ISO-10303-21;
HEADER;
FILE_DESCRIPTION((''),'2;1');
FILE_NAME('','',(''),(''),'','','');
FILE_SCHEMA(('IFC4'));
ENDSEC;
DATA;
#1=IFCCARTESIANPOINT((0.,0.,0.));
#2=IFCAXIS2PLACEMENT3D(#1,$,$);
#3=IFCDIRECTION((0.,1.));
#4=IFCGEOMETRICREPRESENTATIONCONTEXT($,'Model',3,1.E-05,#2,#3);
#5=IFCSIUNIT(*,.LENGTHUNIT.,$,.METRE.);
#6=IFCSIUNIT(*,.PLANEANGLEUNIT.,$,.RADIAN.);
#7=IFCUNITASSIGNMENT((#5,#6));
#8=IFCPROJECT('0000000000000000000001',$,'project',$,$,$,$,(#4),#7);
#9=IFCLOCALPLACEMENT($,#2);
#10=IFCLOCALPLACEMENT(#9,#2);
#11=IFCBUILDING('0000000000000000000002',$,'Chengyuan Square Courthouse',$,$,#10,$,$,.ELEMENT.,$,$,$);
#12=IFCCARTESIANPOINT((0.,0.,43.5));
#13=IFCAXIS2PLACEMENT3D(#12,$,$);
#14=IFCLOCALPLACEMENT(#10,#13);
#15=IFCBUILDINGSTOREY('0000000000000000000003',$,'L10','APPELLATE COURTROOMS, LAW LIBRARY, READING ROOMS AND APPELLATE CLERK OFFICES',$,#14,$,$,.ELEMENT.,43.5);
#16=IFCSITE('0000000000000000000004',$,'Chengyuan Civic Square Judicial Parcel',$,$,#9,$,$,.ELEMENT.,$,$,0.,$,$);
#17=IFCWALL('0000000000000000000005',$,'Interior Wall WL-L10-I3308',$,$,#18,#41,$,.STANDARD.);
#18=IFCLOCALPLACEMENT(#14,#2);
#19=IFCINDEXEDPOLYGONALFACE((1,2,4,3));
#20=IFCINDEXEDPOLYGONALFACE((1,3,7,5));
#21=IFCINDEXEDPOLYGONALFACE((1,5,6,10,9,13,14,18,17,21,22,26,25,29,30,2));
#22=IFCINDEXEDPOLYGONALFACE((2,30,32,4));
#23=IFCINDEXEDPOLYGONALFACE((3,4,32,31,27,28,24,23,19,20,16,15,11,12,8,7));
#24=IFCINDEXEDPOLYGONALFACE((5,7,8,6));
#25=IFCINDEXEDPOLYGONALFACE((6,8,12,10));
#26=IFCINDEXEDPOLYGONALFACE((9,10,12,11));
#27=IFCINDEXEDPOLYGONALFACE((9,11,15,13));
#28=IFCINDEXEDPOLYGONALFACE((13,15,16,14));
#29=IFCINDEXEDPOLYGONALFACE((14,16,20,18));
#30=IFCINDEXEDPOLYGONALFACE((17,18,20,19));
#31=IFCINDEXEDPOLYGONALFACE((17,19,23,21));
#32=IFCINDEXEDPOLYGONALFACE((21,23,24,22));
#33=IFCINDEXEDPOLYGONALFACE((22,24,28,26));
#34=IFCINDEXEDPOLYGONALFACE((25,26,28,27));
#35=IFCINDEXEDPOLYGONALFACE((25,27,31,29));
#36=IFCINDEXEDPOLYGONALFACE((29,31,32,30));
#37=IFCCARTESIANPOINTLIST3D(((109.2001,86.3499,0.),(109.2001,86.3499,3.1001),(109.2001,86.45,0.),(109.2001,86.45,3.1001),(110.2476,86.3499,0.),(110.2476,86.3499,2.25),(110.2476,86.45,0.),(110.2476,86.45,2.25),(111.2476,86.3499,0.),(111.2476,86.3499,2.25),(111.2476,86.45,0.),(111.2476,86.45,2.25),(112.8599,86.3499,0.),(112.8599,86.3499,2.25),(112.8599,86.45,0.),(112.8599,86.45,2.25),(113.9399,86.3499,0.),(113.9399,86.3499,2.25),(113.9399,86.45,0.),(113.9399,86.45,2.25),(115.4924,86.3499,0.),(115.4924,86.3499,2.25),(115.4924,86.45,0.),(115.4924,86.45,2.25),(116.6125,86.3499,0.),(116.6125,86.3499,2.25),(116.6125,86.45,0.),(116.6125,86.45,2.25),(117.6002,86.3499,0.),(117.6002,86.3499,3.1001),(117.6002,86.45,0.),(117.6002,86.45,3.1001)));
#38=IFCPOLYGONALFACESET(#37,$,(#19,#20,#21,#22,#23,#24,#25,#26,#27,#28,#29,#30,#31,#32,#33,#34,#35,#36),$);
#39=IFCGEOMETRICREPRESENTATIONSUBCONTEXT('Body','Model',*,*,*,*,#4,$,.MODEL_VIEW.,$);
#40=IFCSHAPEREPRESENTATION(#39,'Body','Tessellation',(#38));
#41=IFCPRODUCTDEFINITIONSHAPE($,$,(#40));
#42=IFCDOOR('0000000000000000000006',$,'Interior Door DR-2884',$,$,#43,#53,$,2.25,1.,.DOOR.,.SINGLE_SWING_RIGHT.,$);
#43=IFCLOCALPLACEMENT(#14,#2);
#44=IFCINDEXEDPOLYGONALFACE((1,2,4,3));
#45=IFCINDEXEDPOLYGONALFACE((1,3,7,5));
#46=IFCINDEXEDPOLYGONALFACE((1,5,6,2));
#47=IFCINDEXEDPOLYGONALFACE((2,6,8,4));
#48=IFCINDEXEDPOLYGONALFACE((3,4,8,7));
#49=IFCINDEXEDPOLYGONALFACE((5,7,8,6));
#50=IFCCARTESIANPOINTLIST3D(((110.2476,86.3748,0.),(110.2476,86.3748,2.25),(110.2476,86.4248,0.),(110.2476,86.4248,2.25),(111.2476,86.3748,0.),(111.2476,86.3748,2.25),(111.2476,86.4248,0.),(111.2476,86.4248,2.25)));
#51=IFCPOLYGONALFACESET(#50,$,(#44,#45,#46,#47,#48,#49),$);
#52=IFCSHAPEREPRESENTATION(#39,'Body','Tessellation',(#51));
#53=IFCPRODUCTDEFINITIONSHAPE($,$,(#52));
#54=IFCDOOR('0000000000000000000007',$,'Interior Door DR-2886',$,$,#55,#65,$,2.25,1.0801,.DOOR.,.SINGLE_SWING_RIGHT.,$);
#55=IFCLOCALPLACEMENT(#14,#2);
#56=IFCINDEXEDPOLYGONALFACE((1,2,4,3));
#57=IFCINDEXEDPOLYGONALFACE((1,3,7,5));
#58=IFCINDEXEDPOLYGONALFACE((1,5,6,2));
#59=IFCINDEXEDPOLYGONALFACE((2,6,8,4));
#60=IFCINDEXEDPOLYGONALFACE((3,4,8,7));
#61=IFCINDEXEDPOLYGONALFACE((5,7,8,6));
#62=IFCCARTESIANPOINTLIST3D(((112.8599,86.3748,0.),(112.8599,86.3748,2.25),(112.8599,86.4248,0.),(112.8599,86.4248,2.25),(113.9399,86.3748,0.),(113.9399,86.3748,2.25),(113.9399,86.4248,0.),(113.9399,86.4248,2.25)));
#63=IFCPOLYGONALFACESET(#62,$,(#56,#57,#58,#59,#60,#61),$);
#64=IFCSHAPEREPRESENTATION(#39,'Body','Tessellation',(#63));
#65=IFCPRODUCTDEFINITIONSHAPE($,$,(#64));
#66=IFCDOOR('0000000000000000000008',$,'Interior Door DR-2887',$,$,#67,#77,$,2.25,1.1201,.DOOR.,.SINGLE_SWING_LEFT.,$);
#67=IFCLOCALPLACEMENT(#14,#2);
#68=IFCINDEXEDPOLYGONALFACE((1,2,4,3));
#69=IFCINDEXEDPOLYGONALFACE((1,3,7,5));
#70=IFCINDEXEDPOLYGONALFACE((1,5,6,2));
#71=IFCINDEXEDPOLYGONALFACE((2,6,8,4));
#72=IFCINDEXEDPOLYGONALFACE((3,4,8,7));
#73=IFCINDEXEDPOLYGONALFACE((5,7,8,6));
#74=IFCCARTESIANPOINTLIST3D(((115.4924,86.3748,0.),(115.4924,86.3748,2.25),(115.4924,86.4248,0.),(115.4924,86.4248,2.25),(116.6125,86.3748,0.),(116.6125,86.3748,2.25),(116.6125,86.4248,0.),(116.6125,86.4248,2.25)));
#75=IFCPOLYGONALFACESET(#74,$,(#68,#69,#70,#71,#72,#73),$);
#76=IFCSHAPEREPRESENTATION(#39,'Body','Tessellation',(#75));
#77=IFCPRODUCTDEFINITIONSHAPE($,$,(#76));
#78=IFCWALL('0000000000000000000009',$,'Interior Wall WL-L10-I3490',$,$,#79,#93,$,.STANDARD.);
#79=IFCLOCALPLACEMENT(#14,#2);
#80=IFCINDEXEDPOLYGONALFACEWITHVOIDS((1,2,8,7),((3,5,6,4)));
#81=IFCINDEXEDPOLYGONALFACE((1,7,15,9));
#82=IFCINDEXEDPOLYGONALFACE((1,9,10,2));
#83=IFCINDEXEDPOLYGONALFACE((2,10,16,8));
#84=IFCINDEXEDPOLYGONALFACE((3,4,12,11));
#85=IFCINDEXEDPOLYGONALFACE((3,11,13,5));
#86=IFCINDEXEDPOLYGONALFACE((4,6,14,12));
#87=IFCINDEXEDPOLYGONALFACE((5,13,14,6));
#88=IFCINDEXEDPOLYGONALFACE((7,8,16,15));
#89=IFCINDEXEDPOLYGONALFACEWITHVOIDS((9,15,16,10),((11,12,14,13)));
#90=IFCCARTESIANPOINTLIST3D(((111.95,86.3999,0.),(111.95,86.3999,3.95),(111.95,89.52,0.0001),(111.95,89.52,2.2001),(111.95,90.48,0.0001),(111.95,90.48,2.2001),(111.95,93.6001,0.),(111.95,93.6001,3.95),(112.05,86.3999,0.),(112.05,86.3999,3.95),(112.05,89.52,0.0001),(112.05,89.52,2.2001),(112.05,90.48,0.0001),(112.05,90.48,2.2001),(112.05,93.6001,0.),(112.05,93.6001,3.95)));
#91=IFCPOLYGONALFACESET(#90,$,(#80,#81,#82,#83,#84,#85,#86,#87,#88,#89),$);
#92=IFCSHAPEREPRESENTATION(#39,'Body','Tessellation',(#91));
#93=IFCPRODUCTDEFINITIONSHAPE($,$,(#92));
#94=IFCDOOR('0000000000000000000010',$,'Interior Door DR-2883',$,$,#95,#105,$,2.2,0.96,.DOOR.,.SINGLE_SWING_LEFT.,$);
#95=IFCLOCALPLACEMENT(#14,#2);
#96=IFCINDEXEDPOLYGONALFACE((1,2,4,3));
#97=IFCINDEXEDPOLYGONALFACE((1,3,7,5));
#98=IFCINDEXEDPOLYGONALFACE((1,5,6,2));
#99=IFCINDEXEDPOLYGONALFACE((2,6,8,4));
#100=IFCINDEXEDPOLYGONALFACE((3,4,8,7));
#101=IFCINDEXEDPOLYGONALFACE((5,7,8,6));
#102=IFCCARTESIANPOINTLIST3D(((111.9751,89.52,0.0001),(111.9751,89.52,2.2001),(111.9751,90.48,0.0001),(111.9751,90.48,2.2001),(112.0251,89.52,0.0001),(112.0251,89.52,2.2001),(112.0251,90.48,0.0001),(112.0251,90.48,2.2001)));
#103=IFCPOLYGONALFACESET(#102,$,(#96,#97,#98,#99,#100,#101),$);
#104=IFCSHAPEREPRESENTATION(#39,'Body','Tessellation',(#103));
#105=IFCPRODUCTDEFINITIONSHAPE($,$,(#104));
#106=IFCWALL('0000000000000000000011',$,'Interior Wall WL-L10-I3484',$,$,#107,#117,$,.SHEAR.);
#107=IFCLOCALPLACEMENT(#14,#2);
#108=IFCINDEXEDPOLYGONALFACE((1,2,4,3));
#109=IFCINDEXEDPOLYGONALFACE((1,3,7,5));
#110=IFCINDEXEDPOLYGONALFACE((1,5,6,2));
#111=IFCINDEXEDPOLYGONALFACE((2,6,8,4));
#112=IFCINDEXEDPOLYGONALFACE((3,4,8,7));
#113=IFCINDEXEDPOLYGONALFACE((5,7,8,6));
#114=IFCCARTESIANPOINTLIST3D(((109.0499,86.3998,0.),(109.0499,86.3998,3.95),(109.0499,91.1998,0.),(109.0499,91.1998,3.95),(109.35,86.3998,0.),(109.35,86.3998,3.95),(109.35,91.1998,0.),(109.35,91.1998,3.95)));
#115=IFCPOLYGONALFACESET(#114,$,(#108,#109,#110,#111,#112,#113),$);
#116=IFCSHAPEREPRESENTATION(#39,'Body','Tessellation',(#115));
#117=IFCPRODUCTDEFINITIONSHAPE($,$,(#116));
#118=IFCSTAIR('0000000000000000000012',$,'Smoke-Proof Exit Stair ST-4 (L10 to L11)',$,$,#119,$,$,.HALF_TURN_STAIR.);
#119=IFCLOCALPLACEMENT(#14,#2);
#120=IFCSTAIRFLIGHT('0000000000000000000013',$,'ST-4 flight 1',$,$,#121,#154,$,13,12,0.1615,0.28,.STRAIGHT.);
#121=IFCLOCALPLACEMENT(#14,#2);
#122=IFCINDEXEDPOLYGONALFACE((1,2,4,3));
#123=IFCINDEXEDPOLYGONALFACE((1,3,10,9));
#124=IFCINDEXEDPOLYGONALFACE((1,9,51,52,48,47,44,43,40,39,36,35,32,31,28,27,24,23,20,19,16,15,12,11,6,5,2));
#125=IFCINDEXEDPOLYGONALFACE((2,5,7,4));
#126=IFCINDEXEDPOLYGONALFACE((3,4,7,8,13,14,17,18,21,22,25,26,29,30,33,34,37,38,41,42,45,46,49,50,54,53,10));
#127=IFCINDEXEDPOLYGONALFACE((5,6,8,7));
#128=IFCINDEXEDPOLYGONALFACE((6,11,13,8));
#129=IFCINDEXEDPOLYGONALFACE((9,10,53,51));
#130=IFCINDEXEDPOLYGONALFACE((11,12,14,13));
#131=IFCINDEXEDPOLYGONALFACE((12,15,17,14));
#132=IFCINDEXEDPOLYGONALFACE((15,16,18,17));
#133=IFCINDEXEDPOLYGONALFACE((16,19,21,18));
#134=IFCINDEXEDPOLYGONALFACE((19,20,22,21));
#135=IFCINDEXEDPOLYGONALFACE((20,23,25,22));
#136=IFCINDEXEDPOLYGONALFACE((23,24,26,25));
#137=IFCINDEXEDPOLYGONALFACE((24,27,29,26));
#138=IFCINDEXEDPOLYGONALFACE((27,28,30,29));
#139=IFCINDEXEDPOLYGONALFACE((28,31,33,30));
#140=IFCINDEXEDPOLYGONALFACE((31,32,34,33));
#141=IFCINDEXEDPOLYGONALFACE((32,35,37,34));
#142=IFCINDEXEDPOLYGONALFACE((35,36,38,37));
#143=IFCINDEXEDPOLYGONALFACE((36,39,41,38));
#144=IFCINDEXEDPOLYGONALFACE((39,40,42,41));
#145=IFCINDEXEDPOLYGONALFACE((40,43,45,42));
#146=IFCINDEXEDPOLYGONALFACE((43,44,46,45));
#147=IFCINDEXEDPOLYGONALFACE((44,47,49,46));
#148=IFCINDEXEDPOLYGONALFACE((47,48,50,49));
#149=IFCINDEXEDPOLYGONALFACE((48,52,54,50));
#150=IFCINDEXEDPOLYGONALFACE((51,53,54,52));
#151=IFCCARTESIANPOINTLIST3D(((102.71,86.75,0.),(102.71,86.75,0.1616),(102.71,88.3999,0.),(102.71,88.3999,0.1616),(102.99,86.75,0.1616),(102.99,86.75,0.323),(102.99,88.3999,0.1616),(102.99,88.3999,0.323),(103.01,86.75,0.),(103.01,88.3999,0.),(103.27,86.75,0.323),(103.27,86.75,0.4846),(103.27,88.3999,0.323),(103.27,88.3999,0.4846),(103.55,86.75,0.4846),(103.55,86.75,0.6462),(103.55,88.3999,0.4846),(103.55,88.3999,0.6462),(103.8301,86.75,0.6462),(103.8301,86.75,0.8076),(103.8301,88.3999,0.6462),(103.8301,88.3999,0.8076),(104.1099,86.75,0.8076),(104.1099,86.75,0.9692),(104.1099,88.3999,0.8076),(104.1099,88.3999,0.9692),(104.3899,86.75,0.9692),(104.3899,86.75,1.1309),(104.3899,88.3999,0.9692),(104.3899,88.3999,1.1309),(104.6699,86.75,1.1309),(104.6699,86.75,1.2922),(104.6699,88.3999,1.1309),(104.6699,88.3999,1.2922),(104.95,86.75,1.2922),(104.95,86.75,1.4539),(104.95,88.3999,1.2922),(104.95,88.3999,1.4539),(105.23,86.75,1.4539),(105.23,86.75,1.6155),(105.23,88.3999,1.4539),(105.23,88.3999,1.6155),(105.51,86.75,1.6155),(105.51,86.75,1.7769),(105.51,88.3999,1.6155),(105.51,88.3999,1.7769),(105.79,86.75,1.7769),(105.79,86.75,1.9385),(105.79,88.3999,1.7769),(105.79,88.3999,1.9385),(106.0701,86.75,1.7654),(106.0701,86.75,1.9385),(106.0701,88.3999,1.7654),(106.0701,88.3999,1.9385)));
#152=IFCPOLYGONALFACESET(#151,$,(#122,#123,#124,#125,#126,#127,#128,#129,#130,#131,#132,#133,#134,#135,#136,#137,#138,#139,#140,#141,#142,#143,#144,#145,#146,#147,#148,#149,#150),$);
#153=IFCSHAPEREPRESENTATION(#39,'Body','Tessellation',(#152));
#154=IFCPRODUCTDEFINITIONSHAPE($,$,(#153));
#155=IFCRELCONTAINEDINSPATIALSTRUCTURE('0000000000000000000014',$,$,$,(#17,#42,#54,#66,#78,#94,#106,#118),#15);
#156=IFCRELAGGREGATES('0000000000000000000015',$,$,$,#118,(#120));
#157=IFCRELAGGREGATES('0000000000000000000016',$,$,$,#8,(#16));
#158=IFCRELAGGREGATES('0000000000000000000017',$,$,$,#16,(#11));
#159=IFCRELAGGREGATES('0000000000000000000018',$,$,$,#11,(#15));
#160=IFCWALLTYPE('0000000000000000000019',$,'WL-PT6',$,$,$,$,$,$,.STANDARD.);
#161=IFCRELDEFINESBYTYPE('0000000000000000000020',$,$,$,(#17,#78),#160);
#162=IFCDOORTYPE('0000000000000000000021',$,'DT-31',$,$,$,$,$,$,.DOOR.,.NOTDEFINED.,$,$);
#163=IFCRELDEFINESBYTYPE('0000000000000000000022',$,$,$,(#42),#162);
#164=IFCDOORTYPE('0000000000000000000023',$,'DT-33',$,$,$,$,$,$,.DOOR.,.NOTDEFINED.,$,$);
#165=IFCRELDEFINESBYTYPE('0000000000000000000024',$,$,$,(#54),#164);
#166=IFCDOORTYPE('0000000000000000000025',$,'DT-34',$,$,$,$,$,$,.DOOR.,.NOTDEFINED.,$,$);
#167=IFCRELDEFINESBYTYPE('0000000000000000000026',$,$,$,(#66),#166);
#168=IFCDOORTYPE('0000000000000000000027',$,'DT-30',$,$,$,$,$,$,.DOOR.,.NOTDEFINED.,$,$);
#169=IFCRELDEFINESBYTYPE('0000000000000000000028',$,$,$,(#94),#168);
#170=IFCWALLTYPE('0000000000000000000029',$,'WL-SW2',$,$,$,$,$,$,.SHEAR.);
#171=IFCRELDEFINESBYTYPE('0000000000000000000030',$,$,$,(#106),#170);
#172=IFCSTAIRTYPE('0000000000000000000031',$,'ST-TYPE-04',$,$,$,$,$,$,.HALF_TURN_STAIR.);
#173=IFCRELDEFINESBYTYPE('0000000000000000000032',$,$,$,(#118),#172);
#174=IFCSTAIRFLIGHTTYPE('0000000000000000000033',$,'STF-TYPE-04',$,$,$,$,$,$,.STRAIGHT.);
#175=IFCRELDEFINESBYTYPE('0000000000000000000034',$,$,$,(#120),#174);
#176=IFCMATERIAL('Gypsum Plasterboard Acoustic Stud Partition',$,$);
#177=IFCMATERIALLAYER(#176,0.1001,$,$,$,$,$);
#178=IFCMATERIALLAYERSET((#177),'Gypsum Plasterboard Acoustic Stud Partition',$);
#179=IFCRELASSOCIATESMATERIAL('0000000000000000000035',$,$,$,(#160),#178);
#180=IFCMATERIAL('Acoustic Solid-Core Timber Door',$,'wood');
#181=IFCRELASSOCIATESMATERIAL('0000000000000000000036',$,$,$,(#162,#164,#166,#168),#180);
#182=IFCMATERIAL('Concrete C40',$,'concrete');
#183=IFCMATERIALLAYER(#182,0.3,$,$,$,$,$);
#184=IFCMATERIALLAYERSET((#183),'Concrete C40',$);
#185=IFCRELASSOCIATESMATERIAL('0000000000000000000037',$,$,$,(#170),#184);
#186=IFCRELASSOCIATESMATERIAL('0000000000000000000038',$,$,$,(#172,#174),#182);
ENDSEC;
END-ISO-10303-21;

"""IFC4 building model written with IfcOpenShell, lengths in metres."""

from ifc_helpers import new_model, si_unit, direction, frame, frame_2d, origin, place, context, subcontext, project, spatial, polyline, rectangle, outline, extrude, material, layer, layer_set, type_object, element, fill, aggregate, save


model = new_model("IFC4")

# Units and contexts
model_context = context("Model", 3, precision=1e-05, world=origin(), true_north=direction((0.0, 1.0)))
body_context = subcontext(model_context, "Body", "Model", "MODEL_VIEW")
ifc_project = project(units=[si_unit("LENGTHUNIT", "METRE"), si_unit("PLANEANGLEUNIT", "RADIAN")], contexts=[model_context])

# Site, building, storey
site_placement = place(None, origin())
site = spatial("IfcSite", under=ifc_project, at=site_placement, Name="Chengyuan Civic Square Judicial Parcel", CompositionType="ELEMENT", RefElevation=0.0)
building_placement = place(site_placement, origin())
building = spatial("IfcBuilding", under=site, at=building_placement, Name="Chengyuan Square Courthouse", CompositionType="ELEMENT")
storey_placement = place(building_placement, frame((0.0, 0.0, 43.5)))
storey = spatial("IfcBuildingStorey", under=building, at=storey_placement, Name="L10", Description="APPELLATE COURTROOMS, LAW LIBRARY, READING ROOMS AND APPELLATE CLERK OFFICES", CompositionType="ELEMENT", Elevation=43.5)

# Shared definitions
ifc_material_1 = material(Name="Concrete C40", Category="concrete")

# Wall, openings, doors
ifc_material_2 = material(Name="Gypsum Plasterboard Acoustic Stud Partition")
ifc_layer_1 = layer(ifc_material_2, 0.1001)
ifc_layer_set_1 = layer_set([ifc_layer_1], Name="Gypsum Plasterboard Acoustic Stud Partition")
wall_type_1 = type_object("IfcWallType", Name="WL-PT6", PredefinedType="STANDARD", material=ifc_layer_set_1)
wall_1_placement = place(storey_placement, frame((109.2, 86.3999, 0.0), z_axis=(0.0, 0.0, 1.0), x_axis=(1.0, 0.0, 0.0)))
wall_1 = element("IfcWall", 1, at=wall_1_placement, inside=storey, type_object=wall_type_1, Name="Interior Wall WL-L10-I3308", PredefinedType="STANDARD", context=body_context, shape_type="SweptSolid", body=[
    extrude(rectangle(XDim=8.4001, YDim=0.1001, at=frame_2d((4.2002, 0.0))), origin(), (0.0, 0.0, 1.0), 3.1001),
])
opening_1_placement = place(wall_1_placement, frame((1.0476, 0.0, 0.0)))
opening_1 = element("IfcOpeningElement", 2, at=opening_1_placement, cuts=wall_1, PredefinedType="OPENING", context=body_context, shape_type="SweptSolid", body=[
    extrude(rectangle(XDim=1.0, YDim=2.25, at=frame_2d((0.5, 1.125))), frame((0.0, 0.062, 0.0), z_axis=(0.0, -1.0, 0.0), x_axis=(1.0, 0.0, 0.0)), (0.0, 0.0, 1.0), 0.124),
])
opening_2_placement = place(wall_1_placement, frame((3.6599, 0.0, 0.0)))
opening_2 = element("IfcOpeningElement", 3, at=opening_2_placement, cuts=wall_1, PredefinedType="OPENING", context=body_context, shape_type="SweptSolid", body=[
    extrude(rectangle(XDim=1.0801, YDim=2.25, at=frame_2d((0.54, 1.125))), frame((0.0, 0.062, 0.0), z_axis=(0.0, -1.0, 0.0), x_axis=(1.0, 0.0, 0.0)), (0.0, 0.0, 1.0), 0.124),
])
opening_3_placement = place(wall_1_placement, frame((6.2925, 0.0, 0.0)))
opening_3 = element("IfcOpeningElement", 4, at=opening_3_placement, cuts=wall_1, PredefinedType="OPENING", context=body_context, shape_type="SweptSolid", body=[
    extrude(rectangle(XDim=1.1201, YDim=2.25, at=frame_2d((0.5601, 1.125))), frame((0.0, 0.062, 0.0), z_axis=(0.0, -1.0, 0.0), x_axis=(1.0, 0.0, 0.0)), (0.0, 0.0, 1.0), 0.124),
])
ifc_material_3 = material(Name="Acoustic Solid-Core Timber Door", Category="wood")
door_type_1 = type_object("IfcDoorType", Name="DT-31", OperationType="NOTDEFINED", PredefinedType="DOOR", material=ifc_material_3)
door_1_placement = place(opening_1_placement, origin())
door_1 = element("IfcDoor", 5, at=door_1_placement, inside=storey, type_object=door_type_1, Name="Interior Door DR-2884", OperationType="SINGLE_SWING_RIGHT", OverallHeight=2.25, OverallWidth=1.0, PredefinedType="DOOR", context=body_context, shape_type="SweptSolid", body=[
    extrude(rectangle(XDim=1.0, YDim=2.25, at=frame_2d((0.5, 1.125))), frame((0.0, 0.0249, 0.0), z_axis=(0.0, -1.0, 0.0), x_axis=(1.0, 0.0, 0.0)), (0.0, 0.0, 1.0), 0.05),
])
fill(opening_1, door_1)
door_type_2 = type_object("IfcDoorType", Name="DT-33", OperationType="NOTDEFINED", PredefinedType="DOOR", material=ifc_material_3)
door_2_placement = place(opening_2_placement, origin())
door_2 = element("IfcDoor", 6, at=door_2_placement, inside=storey, type_object=door_type_2, Name="Interior Door DR-2886", OperationType="SINGLE_SWING_RIGHT", OverallHeight=2.25, OverallWidth=1.0801, PredefinedType="DOOR", context=body_context, shape_type="SweptSolid", body=[
    extrude(rectangle(XDim=1.0801, YDim=2.25, at=frame_2d((0.54, 1.125))), frame((0.0, 0.0249, 0.0), z_axis=(0.0, -1.0, 0.0), x_axis=(1.0, 0.0, 0.0)), (0.0, 0.0, 1.0), 0.05),
])
fill(opening_2, door_2)
door_type_3 = type_object("IfcDoorType", Name="DT-34", OperationType="NOTDEFINED", PredefinedType="DOOR", material=ifc_material_3)
door_3_placement = place(opening_3_placement, origin())
door_3 = element("IfcDoor", 7, at=door_3_placement, inside=storey, type_object=door_type_3, Name="Interior Door DR-2887", OperationType="SINGLE_SWING_LEFT", OverallHeight=2.25, OverallWidth=1.1201, PredefinedType="DOOR", context=body_context, shape_type="SweptSolid", body=[
    extrude(rectangle(XDim=1.1201, YDim=2.25, at=frame_2d((0.5601, 1.125))), frame((0.0, 0.0249, 0.0), z_axis=(0.0, -1.0, 0.0), x_axis=(1.0, 0.0, 0.0)), (0.0, 0.0, 1.0), 0.05),
])
fill(opening_3, door_3)

# Wall, opening, door
wall_2_placement = place(storey_placement, frame((112.0, 86.3999, 0.0), z_axis=(0.0, 0.0, 1.0), x_axis=(0.0, 1.0, 0.0)))
wall_2 = element("IfcWall", 8, at=wall_2_placement, inside=storey, type_object=wall_type_1, Name="Interior Wall WL-L10-I3490", PredefinedType="STANDARD", context=body_context, shape_type="SweptSolid", body=[
    extrude(rectangle(XDim=7.2002, YDim=0.1001, at=frame_2d((3.6001, 0.0))), origin(), (0.0, 0.0, 1.0), 3.95),
])
opening_4_placement = place(wall_2_placement, frame((3.1201, 0.0, 0.0)))
opening_4 = element("IfcOpeningElement", 9, at=opening_4_placement, cuts=wall_2, PredefinedType="OPENING", context=body_context, shape_type="SweptSolid", body=[
    extrude(rectangle(XDim=0.96, YDim=2.2, at=frame_2d((0.48, 1.1001))), frame((0.0, 0.062, 0.0), z_axis=(0.0, -1.0, 0.0), x_axis=(1.0, 0.0, 0.0)), (0.0, 0.0, 1.0), 0.124),
])
door_type_4 = type_object("IfcDoorType", Name="DT-30", OperationType="NOTDEFINED", PredefinedType="DOOR", material=ifc_material_3)
door_4_placement = place(opening_4_placement, origin())
door_4 = element("IfcDoor", 10, at=door_4_placement, inside=storey, type_object=door_type_4, Name="Interior Door DR-2883", OperationType="SINGLE_SWING_LEFT", OverallHeight=2.2, OverallWidth=0.96, PredefinedType="DOOR", context=body_context, shape_type="SweptSolid", body=[
    extrude(rectangle(XDim=0.96, YDim=2.2, at=frame_2d((0.48, 1.1001))), frame((0.0, 0.0249, 0.0), z_axis=(0.0, -1.0, 0.0), x_axis=(1.0, 0.0, 0.0)), (0.0, 0.0, 1.0), 0.05),
])
fill(opening_4, door_4)

# Wall
ifc_layer_2 = layer(ifc_material_1, 0.3)
ifc_layer_set_2 = layer_set([ifc_layer_2], Name="Concrete C40")
wall_type_2 = type_object("IfcWallType", Name="WL-SW2", PredefinedType="SHEAR", material=ifc_layer_set_2)
wall_3_placement = place(storey_placement, frame((109.2, 86.3999, 0.0), z_axis=(0.0, 0.0, 1.0), x_axis=(0.0, 1.0, 0.0)))
element("IfcWall", 11, at=wall_3_placement, inside=storey, type_object=wall_type_2, Name="Interior Wall WL-L10-I3484", PredefinedType="SHEAR", context=body_context, shape_type="SweptSolid", body=[
    extrude(rectangle(XDim=4.8, YDim=0.3, at=frame_2d((2.3999, 0.0))), origin(), (0.0, 0.0, 1.0), 3.95),
])

# Stair, stair flight
stair_type = type_object("IfcStairType", Name="ST-TYPE-04", PredefinedType="HALF_TURN_STAIR", material=ifc_material_1)
stair_placement = place(storey_placement, origin())
stair = element("IfcStair", 12, at=stair_placement, inside=storey, type_object=stair_type, Name="Smoke-Proof Exit Stair ST-4 (L10 to L11)", PredefinedType="HALF_TURN_STAIR")
stair_flight_type = type_object("IfcStairFlightType", Name="STF-TYPE-04", PredefinedType="STRAIGHT", material=ifc_material_1)
stair_flight_1_placement = place(storey_placement, frame((102.71, 87.575, 0.0), z_axis=(0.0, 0.0, 1.0), x_axis=(1.0, 0.0, 0.0)))
stair_flight_1 = element("IfcStairFlight", 13, at=stair_flight_1_placement, type_object=stair_flight_type, Name="ST-4 flight 1", NumberOfRisers=13, NumberOfTreads=12, PredefinedType="STRAIGHT", RiserHeight=0.1615, TreadLength=0.28, context=body_context, shape_type="SweptSolid", body=[
    extrude(outline(polyline([(0.0, 0.0), (0.0, 0.1616), (0.28, 0.1616), (0.28, 0.323), (0.5601, 0.323), (0.5601, 0.4846), (0.8401, 0.4846), (0.8401, 0.6462), (1.1201, 0.6462), (1.1201, 0.8076), (1.3999, 0.8076), (1.3999, 0.9692), (1.6799, 0.9692), (1.6799, 1.1309), (1.96, 1.1309), (1.96, 1.2922), (2.24, 1.2922), (2.24, 1.4539), (2.52, 1.4539), (2.52, 1.6155), (2.8, 1.6155), (2.8, 1.7769), (3.0801, 1.7769), (3.0801, 1.9385), (3.3601, 1.9385), (3.3601, 2.1001), (3.3601, 1.7654), (0.3, 0.0), (0.0, 0.0)])), frame((0.0, 0.825, 0.0), z_axis=(0.0, -1.0, 0.0), x_axis=(1.0, 0.0, 0.0)), (0.0, 0.0, 1.0), 1.6499),
])
aggregate(stair, [stair_flight_1])

save(model, "model.ifc")
